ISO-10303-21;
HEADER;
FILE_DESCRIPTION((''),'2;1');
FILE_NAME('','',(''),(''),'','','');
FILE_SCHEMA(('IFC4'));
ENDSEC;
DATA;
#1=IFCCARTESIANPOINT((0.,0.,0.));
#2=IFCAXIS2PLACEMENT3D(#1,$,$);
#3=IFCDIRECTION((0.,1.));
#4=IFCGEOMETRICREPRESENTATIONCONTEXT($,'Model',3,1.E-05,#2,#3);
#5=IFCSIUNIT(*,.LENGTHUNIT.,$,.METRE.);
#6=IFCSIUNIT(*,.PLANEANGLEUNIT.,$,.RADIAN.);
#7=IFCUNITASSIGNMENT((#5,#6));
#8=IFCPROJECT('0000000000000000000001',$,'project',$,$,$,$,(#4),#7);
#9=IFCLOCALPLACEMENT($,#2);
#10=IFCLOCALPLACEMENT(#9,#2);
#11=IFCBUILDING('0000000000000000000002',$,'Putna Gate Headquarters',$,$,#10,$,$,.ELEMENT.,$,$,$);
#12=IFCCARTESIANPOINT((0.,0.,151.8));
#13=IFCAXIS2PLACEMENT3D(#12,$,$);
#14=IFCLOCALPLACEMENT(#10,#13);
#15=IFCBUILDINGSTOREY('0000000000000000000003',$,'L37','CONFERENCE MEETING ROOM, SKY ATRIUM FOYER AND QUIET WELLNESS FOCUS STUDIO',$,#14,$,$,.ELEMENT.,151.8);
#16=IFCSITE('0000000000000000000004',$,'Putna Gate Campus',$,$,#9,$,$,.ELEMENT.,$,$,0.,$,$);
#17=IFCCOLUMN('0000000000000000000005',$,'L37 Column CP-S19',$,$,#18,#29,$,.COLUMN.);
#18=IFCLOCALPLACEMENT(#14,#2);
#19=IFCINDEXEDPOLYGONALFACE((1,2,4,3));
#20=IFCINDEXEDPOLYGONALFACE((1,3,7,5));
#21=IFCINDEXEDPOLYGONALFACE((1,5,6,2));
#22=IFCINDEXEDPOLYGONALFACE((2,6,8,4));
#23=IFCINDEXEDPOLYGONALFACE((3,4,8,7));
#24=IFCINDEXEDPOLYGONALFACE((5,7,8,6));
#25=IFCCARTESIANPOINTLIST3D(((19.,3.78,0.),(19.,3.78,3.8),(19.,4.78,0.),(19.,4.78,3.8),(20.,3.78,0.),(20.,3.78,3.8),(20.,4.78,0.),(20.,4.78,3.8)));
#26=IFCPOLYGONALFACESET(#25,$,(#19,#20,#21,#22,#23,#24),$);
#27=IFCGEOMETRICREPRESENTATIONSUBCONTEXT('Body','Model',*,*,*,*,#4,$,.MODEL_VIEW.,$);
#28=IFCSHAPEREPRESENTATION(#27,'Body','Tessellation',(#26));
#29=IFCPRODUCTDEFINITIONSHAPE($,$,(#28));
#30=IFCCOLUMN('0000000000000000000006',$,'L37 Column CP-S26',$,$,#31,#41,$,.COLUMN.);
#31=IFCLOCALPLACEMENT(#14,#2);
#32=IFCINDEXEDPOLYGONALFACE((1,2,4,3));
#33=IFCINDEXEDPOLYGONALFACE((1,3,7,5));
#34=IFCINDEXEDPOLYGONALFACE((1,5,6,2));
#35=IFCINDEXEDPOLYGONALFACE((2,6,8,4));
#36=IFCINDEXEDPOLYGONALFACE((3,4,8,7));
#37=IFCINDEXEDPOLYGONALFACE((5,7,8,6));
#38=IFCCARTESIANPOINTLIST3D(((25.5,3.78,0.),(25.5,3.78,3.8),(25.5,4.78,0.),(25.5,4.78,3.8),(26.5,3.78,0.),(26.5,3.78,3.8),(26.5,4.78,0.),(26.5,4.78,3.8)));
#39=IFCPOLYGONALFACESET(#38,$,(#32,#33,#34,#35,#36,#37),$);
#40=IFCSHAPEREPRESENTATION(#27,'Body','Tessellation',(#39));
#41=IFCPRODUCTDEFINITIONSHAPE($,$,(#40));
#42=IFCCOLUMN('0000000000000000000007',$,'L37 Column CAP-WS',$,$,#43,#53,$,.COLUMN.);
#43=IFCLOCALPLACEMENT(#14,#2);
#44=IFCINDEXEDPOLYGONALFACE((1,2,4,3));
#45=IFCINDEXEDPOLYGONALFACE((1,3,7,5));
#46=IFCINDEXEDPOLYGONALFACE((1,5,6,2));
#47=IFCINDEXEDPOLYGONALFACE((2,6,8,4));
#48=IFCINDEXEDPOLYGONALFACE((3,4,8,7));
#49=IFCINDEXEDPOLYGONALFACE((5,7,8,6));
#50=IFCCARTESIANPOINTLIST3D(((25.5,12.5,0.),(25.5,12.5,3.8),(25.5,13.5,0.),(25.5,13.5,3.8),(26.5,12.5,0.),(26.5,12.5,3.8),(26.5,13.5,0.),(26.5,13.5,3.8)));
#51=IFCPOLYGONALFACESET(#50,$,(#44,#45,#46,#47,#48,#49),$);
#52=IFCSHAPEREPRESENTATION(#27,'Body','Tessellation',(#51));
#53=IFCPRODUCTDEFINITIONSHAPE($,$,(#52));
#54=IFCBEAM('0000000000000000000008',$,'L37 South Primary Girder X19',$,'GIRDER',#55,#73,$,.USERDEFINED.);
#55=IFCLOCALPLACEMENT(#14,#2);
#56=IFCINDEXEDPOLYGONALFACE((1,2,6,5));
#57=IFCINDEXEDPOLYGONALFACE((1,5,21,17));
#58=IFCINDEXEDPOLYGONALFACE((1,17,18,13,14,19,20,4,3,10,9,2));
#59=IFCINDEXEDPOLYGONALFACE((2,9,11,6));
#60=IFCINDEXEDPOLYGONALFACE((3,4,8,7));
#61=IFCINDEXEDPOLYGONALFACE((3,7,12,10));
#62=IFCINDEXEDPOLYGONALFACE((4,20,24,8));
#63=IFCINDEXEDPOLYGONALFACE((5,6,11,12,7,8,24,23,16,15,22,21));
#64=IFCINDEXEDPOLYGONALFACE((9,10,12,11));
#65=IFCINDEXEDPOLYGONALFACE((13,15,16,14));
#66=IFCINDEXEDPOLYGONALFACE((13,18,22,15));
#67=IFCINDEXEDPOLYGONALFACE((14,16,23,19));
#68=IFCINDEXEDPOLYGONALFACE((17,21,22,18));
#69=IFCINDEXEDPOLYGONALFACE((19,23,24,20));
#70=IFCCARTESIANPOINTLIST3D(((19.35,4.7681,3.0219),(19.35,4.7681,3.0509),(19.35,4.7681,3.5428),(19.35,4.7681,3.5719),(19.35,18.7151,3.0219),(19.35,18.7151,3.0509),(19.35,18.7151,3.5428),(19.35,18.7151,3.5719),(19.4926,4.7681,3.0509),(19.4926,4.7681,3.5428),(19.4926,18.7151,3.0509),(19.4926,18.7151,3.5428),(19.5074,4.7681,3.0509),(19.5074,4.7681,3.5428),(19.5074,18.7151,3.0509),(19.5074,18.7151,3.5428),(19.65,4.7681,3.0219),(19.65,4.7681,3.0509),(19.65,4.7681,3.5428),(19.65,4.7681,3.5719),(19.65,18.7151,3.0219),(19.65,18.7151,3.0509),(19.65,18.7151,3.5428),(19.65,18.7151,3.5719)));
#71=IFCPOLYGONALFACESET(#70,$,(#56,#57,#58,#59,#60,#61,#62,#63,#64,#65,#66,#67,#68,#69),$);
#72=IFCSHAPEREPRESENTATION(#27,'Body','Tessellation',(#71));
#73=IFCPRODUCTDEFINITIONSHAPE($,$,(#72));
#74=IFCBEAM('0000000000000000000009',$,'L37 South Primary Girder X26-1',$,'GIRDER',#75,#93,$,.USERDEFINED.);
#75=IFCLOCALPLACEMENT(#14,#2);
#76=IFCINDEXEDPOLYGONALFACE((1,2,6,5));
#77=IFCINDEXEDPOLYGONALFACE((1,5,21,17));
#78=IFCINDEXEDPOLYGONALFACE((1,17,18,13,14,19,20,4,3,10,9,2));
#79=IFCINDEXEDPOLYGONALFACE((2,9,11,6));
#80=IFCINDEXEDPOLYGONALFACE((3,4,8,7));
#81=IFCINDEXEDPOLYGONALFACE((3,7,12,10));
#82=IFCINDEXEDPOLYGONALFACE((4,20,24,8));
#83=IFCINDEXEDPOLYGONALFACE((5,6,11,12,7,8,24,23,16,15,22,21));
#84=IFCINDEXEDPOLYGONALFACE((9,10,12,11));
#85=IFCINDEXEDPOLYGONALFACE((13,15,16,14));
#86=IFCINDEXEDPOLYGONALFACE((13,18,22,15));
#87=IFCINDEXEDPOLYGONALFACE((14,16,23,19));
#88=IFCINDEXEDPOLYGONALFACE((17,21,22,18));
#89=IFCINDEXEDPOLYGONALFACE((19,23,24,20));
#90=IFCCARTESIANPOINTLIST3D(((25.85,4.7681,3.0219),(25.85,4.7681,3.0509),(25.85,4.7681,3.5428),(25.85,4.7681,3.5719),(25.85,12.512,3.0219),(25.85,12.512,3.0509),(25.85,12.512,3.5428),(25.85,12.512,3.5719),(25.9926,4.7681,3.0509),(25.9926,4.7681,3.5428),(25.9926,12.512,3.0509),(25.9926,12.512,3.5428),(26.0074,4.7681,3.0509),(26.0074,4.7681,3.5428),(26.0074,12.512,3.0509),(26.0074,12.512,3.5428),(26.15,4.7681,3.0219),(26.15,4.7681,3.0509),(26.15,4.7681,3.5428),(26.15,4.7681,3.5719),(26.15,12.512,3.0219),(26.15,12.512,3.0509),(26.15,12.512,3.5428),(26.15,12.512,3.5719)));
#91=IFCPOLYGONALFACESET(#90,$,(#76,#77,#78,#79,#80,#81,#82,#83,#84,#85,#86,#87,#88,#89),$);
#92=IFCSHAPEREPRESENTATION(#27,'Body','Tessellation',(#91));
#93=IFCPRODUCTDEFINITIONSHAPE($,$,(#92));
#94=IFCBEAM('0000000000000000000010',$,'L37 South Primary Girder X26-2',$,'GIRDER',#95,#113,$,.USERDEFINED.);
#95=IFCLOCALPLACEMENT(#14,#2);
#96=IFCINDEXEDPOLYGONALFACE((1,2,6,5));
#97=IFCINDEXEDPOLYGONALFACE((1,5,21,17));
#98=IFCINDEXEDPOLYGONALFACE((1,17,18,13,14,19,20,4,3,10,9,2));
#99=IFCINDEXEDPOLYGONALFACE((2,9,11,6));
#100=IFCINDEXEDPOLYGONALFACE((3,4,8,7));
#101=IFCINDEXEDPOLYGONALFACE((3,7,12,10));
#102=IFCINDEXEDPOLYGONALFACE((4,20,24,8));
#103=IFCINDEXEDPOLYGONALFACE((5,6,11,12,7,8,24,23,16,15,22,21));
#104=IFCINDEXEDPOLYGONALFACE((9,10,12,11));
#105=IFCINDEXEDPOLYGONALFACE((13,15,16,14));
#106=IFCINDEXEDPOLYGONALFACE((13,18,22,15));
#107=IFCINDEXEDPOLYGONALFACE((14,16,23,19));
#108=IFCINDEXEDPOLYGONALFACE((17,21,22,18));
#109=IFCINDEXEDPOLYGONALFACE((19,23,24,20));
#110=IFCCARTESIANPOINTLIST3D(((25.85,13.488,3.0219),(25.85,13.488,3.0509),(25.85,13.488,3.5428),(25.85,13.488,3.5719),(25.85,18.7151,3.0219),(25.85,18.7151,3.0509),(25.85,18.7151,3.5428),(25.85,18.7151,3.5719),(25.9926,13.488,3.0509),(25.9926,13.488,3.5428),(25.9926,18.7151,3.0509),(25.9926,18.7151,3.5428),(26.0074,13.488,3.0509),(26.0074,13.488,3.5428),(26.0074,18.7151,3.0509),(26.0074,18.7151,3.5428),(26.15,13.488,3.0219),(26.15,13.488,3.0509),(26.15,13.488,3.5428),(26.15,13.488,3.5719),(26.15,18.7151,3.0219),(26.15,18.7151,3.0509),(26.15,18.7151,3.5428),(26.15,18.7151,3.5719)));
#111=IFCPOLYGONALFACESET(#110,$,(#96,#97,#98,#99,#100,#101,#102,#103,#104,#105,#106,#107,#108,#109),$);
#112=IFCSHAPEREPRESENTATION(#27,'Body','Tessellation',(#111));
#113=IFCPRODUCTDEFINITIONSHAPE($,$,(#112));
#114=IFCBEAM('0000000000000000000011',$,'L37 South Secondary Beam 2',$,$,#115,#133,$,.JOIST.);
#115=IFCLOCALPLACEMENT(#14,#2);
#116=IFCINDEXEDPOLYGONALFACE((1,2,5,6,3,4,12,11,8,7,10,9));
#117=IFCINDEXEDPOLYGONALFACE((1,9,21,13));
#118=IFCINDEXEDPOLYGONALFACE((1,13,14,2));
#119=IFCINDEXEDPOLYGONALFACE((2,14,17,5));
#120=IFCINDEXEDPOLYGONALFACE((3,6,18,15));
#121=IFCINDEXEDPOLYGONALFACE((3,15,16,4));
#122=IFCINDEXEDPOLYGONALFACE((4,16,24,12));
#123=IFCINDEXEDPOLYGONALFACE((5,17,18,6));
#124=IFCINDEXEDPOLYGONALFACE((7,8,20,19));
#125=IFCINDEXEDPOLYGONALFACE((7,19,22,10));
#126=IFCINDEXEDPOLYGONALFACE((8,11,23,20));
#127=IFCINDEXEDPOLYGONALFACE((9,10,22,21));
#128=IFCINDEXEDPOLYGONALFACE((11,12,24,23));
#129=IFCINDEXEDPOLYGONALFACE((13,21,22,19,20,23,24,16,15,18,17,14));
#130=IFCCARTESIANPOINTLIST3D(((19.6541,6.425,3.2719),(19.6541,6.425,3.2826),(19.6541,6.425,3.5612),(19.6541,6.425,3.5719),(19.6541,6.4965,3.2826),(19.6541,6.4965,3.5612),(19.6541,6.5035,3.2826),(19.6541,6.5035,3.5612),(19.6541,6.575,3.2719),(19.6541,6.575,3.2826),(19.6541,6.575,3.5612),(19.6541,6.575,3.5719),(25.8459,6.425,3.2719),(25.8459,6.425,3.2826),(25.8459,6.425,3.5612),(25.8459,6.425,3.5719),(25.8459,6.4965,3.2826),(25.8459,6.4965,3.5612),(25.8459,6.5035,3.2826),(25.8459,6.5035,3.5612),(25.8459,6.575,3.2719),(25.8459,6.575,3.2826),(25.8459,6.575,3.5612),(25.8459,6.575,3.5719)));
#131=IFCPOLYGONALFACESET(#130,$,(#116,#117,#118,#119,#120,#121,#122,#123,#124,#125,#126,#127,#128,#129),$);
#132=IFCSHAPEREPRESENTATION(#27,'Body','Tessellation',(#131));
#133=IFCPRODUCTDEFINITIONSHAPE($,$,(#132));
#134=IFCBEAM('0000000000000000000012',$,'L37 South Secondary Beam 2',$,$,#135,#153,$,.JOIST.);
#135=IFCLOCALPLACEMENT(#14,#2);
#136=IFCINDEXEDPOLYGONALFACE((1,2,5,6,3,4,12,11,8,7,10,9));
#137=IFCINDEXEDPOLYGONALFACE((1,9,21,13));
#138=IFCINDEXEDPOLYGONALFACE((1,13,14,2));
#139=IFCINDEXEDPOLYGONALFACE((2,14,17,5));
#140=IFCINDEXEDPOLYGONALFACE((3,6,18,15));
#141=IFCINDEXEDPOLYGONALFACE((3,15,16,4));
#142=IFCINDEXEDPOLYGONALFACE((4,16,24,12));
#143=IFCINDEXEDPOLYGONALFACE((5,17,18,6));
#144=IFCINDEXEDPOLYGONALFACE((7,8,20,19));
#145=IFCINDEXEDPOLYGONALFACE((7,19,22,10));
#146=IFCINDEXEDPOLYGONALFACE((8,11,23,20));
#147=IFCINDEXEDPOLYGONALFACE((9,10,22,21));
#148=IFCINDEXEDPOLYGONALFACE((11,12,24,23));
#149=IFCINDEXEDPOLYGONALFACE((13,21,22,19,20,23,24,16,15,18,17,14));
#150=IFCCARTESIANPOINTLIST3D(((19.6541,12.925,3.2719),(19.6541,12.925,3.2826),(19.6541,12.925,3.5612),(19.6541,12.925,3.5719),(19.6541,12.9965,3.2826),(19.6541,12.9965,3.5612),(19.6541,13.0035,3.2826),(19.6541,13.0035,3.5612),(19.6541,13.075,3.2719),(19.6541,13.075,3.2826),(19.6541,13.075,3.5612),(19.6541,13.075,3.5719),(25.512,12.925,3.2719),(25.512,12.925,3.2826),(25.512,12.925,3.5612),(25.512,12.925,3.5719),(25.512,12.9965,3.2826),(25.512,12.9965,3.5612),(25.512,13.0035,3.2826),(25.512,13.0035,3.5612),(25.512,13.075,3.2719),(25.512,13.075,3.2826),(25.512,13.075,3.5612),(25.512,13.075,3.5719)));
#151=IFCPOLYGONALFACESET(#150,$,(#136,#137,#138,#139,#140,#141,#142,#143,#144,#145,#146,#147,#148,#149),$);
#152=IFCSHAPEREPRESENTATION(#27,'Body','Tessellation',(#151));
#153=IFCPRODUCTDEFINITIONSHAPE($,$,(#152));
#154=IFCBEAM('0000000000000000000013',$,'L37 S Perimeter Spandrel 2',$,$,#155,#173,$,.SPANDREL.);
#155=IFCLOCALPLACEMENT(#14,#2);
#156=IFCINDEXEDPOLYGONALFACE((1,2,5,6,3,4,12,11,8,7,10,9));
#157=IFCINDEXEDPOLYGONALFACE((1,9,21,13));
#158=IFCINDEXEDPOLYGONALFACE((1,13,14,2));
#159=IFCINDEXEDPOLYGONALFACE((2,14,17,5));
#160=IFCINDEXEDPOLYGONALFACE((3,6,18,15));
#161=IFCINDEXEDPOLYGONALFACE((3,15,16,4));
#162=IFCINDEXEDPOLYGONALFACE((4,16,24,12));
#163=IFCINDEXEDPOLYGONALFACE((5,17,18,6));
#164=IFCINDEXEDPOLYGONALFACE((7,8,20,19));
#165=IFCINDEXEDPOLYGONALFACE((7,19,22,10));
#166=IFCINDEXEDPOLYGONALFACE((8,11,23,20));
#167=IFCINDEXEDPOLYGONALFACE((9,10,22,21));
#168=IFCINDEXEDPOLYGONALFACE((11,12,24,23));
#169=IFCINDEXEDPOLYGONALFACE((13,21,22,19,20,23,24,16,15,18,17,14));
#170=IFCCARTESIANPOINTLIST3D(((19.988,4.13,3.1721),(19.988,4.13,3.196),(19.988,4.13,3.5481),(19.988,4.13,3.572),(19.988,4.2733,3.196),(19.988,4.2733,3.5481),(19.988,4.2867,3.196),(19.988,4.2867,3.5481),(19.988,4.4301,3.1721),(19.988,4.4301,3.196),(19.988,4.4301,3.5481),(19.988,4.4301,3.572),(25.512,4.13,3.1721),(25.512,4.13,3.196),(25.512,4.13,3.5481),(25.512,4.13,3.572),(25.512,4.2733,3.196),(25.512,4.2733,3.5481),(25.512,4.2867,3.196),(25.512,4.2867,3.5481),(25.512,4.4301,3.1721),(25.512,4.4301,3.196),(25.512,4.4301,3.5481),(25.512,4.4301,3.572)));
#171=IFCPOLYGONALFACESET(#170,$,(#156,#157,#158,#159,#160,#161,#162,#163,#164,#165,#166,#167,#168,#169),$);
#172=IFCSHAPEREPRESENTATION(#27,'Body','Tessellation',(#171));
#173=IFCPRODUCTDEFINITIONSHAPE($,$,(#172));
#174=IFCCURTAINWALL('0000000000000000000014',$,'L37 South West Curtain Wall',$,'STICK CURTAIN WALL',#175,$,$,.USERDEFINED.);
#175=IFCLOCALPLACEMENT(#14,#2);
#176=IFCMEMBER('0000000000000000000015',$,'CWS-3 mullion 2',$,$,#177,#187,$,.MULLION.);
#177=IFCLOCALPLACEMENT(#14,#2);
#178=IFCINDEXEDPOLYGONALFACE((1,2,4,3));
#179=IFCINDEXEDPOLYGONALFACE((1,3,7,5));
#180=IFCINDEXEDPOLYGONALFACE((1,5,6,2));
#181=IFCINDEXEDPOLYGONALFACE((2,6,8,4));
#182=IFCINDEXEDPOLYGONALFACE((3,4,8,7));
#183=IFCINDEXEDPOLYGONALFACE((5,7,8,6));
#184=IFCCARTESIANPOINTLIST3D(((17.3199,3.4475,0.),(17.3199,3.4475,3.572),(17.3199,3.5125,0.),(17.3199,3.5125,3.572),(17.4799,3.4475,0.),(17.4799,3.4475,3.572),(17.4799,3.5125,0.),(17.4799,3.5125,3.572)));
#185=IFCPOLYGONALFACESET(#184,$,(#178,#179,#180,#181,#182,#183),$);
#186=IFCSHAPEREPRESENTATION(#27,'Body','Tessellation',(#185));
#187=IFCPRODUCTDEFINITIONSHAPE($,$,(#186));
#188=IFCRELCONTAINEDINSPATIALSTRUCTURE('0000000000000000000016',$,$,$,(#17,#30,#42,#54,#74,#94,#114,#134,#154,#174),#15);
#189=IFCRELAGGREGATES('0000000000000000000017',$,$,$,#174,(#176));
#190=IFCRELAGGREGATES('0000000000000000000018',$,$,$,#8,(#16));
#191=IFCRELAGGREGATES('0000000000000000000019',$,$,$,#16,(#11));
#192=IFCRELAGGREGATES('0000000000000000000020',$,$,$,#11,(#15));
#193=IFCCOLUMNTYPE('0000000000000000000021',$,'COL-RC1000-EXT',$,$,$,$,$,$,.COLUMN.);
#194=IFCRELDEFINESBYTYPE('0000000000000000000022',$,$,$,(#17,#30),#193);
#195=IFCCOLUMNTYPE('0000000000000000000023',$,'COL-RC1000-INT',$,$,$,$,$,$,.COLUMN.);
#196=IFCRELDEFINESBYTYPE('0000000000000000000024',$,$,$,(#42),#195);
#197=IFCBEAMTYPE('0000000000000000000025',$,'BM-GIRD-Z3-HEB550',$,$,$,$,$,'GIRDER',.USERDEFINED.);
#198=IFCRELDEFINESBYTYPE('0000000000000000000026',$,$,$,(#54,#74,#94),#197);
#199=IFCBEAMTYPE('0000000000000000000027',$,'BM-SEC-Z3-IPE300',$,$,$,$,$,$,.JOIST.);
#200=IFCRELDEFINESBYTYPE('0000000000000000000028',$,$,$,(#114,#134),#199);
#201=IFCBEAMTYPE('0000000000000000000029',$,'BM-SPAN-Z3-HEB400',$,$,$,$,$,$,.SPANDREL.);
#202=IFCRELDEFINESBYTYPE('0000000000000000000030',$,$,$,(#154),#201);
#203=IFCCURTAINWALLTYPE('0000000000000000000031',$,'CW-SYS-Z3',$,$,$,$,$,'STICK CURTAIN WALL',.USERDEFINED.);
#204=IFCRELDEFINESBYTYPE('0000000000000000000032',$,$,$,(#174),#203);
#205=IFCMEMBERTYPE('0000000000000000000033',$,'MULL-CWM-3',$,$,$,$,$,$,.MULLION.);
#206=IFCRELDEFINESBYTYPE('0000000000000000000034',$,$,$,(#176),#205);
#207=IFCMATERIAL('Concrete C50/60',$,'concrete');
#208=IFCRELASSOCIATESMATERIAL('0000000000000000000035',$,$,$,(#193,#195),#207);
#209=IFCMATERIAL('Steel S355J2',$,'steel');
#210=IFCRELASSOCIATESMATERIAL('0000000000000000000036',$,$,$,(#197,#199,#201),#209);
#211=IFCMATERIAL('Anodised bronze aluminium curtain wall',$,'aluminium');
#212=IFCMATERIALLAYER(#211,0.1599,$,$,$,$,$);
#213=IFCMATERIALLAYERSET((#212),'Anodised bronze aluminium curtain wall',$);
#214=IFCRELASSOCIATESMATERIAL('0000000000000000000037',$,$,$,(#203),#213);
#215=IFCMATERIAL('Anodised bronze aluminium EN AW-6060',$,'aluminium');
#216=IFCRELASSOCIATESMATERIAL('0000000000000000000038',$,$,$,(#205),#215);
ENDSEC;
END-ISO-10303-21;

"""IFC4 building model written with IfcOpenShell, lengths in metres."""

from ifc_helpers import new_model, si_unit, direction, frame, origin, origin_2d, place, context, subcontext, project, spatial, rectangle, i_section, extrude, material, layer, layer_set, material_profile, profile_set, type_object, element, aggregate, save


model = new_model("IFC4")

# Units and contexts
model_context = context("Model", 3, precision=1e-05, world=origin(), true_north=direction((0.0, 1.0)))
body_context = subcontext(model_context, "Body", "Model", "MODEL_VIEW")
ifc_project = project(units=[si_unit("LENGTHUNIT", "METRE"), si_unit("PLANEANGLEUNIT", "RADIAN")], contexts=[model_context])

# Site, building, storey
site_placement = place(None, origin())
site = spatial("IfcSite", under=ifc_project, at=site_placement, Name="Putna Gate Campus", CompositionType="ELEMENT", RefElevation=0.0)
building_placement = place(site_placement, origin())
building = spatial("IfcBuilding", under=site, at=building_placement, Name="Putna Gate Headquarters", CompositionType="ELEMENT")
storey_placement = place(building_placement, frame((0.0, 0.0, 151.8)))
storey = spatial("IfcBuildingStorey", under=building, at=storey_placement, Name="L37", Description="CONFERENCE MEETING ROOM, SKY ATRIUM FOYER AND QUIET WELLNESS FOCUS STUDIO", CompositionType="ELEMENT", Elevation=151.8)

# Columns
ifc_material_1 = material(Name="Concrete C50/60", Category="concrete")
ifc_material_profile_1 = material_profile(ifc_material_1, rectangle(XDim=1.0, YDim=1.0, at=origin_2d()), Name="Concrete C50/60")
ifc_profile_set_1 = profile_set([ifc_material_profile_1], Name="Concrete C50/60")
column_type_1 = type_object("IfcColumnType", Name="COL-RC1000-EXT", PredefinedType="COLUMN", material=ifc_profile_set_1)
for number, where, z_axis, x_axis, name in (
    (1, (19.5, 4.28, 0.0), (0.0, 0.0, 1.0), (1.0, 0.0, 0.0), "L37 Column CP-S19"),
    (2, (26.0, 4.28, 0.0), (0.0, 0.0, 1.0), (1.0, 0.0, 0.0), "L37 Column CP-S26"),
):
    element("IfcColumn", number, at=place(storey_placement, frame(where, z_axis=z_axis, x_axis=x_axis)), inside=storey, type_object=column_type_1, Name=name, PredefinedType="COLUMN", context=body_context, shape_type="SweptSolid", body=[
        extrude(rectangle(XDim=1.0, YDim=1.0, at=origin_2d()), origin(), (0.0, 0.0, 1.0), 3.8),
    ])
ifc_material_profile_2 = material_profile(ifc_material_1, rectangle(XDim=1.0, YDim=1.0, at=origin_2d()), Name="Concrete C50/60")
ifc_profile_set_2 = profile_set([ifc_material_profile_2], Name="Concrete C50/60")
column_type_2 = type_object("IfcColumnType", Name="COL-RC1000-INT", PredefinedType="COLUMN", material=ifc_profile_set_2)
column_placement = place(storey_placement, frame((26.0, 13.0, 0.0), z_axis=(0.0, 0.0, 1.0), x_axis=(1.0, 0.0, 0.0)))
element("IfcColumn", 3, at=column_placement, inside=storey, type_object=column_type_2, Name="L37 Column CAP-WS", PredefinedType="COLUMN", context=body_context, shape_type="SweptSolid", body=[
    extrude(rectangle(XDim=1.0, YDim=1.0, at=origin_2d()), origin(), (0.0, 0.0, 1.0), 3.8),
])

# Beams
ifc_material_2 = material(Name="Steel S355J2", Category="steel")
ifc_material_profile_3 = material_profile(ifc_material_2, i_section(OverallWidth=0.3, OverallDepth=0.55, WebThickness=0.0149, FlangeThickness=0.0291, at=origin_2d()), Name="Steel S355J2")
ifc_profile_set_3 = profile_set([ifc_material_profile_3], Name="Steel S355J2")
beam_type_1 = type_object("IfcBeamType", Name="BM-GIRD-Z3-HEB550", ElementType="GIRDER", PredefinedType="USERDEFINED", material=ifc_profile_set_3)
beam_1_placement = place(storey_placement, frame((19.5, 4.7681, 3.2969), z_axis=(0.0, 1.0, 0.0), x_axis=(-1.0, 0.0, 0.0)))
element("IfcBeam", 4, at=beam_1_placement, inside=storey, type_object=beam_type_1, Name="L37 South Primary Girder X19", ObjectType="GIRDER", PredefinedType="USERDEFINED", context=body_context, shape_type="SweptSolid", body=[
    extrude(i_section(OverallWidth=0.3, OverallDepth=0.55, WebThickness=0.0149, FlangeThickness=0.0291, at=origin_2d()), origin(), (0.0, 0.0, 1.0), 13.947),
])
beam_2_placement = place(storey_placement, frame((26.0, 4.7681, 3.2969), z_axis=(0.0, 1.0, 0.0), x_axis=(-1.0, 0.0, 0.0)))
element("IfcBeam", 5, at=beam_2_placement, inside=storey, type_object=beam_type_1, Name="L37 South Primary Girder X26-1", ObjectType="GIRDER", PredefinedType="USERDEFINED", context=body_context, shape_type="SweptSolid", body=[
    extrude(i_section(OverallWidth=0.3, OverallDepth=0.55, WebThickness=0.0149, FlangeThickness=0.0291, at=origin_2d()), origin(), (0.0, 0.0, 1.0), 7.7439),
])
beam_3_placement = place(storey_placement, frame((26.0, 13.488, 3.2969), z_axis=(0.0, 1.0, 0.0), x_axis=(-1.0, 0.0, 0.0)))
element("IfcBeam", 6, at=beam_3_placement, inside=storey, type_object=beam_type_1, Name="L37 South Primary Girder X26-2", ObjectType="GIRDER", PredefinedType="USERDEFINED", context=body_context, shape_type="SweptSolid", body=[
    extrude(i_section(OverallWidth=0.3, OverallDepth=0.55, WebThickness=0.0149, FlangeThickness=0.0291, at=origin_2d()), origin(), (0.0, 0.0, 1.0), 5.2271),
])
ifc_material_profile_4 = material_profile(ifc_material_2, i_section(OverallWidth=0.1499, OverallDepth=0.3, WebThickness=0.0071, FlangeThickness=0.0107, at=origin_2d()), Name="Steel S355J2")
ifc_profile_set_4 = profile_set([ifc_material_profile_4], Name="Steel S355J2")
beam_type_2 = type_object("IfcBeamType", Name="BM-SEC-Z3-IPE300", PredefinedType="JOIST", material=ifc_profile_set_4)
beam_4_placement = place(storey_placement, frame((19.6541, 6.5, 3.4219), z_axis=(1.0, 0.0, 0.0), x_axis=(0.0, 1.0, 0.0)))
element("IfcBeam", 7, at=beam_4_placement, inside=storey, type_object=beam_type_2, Name="L37 South Secondary Beam 2", PredefinedType="JOIST", context=body_context, shape_type="SweptSolid", body=[
    extrude(i_section(OverallWidth=0.1499, OverallDepth=0.3, WebThickness=0.0071, FlangeThickness=0.0107, at=origin_2d()), origin(), (0.0, 0.0, 1.0), 6.1919),
])
beam_5_placement = place(storey_placement, frame((19.6541, 13.0, 3.4219), z_axis=(1.0, 0.0, 0.0), x_axis=(0.0, 1.0, 0.0)))
element("IfcBeam", 8, at=beam_5_placement, inside=storey, type_object=beam_type_2, Name="L37 South Secondary Beam 2", PredefinedType="JOIST", context=body_context, shape_type="SweptSolid", body=[
    extrude(i_section(OverallWidth=0.1499, OverallDepth=0.3, WebThickness=0.0071, FlangeThickness=0.0107, at=origin_2d()), origin(), (0.0, 0.0, 1.0), 5.8579),
])
ifc_material_profile_5 = material_profile(ifc_material_2, i_section(OverallWidth=0.3, OverallDepth=0.3999, WebThickness=0.0134, FlangeThickness=0.0239, at=origin_2d()), Name="Steel S355J2")
ifc_profile_set_5 = profile_set([ifc_material_profile_5], Name="Steel S355J2")
beam_type_3 = type_object("IfcBeamType", Name="BM-SPAN-Z3-HEB400", PredefinedType="SPANDREL", material=ifc_profile_set_5)
beam_6_placement = place(storey_placement, frame((19.988, 4.28, 3.3721), z_axis=(1.0, 0.0, 0.0), x_axis=(0.0, 1.0, 0.0)))
element("IfcBeam", 9, at=beam_6_placement, inside=storey, type_object=beam_type_3, Name="L37 S Perimeter Spandrel 2", PredefinedType="SPANDREL", context=body_context, shape_type="SweptSolid", body=[
    extrude(i_section(OverallWidth=0.3, OverallDepth=0.3999, WebThickness=0.0134, FlangeThickness=0.0239, at=origin_2d()), origin(), (0.0, 0.0, 1.0), 5.5239),
])

# Curtain wall, member
ifc_material_3 = material(Name="Anodised bronze aluminium curtain wall", Category="aluminium")
ifc_layer_1 = layer(ifc_material_3, 0.1599)
ifc_layer_set_1 = layer_set([ifc_layer_1], Name="Anodised bronze aluminium curtain wall")
curtain_wall_type = type_object("IfcCurtainWallType", Name="CW-SYS-Z3", ElementType="STICK CURTAIN WALL", PredefinedType="USERDEFINED", material=ifc_layer_set_1)
curtain_wall_placement = place(storey_placement, origin())
curtain_wall = element("IfcCurtainWall", 10, at=curtain_wall_placement, inside=storey, type_object=curtain_wall_type, Name="L37 South West Curtain Wall", ObjectType="STICK CURTAIN WALL", PredefinedType="USERDEFINED")
ifc_material_4 = material(Name="Anodised bronze aluminium EN AW-6060", Category="aluminium")
ifc_material_profile_6 = material_profile(ifc_material_4, rectangle(XDim=0.0649, YDim=0.1599, at=origin_2d()), Name="Anodised bronze aluminium EN AW-6060")
ifc_profile_set_6 = profile_set([ifc_material_profile_6], Name="Anodised bronze aluminium EN AW-6060")
member_type_1 = type_object("IfcMemberType", Name="MULL-CWM-3", PredefinedType="MULLION", material=ifc_profile_set_6)
member_1_placement = place(storey_placement, frame((17.3999, 3.48, 0.0), z_axis=(0.0, 0.0, 1.0), x_axis=(0.0, 1.0, 0.0)))
member_1 = element("IfcMember", 11, at=member_1_placement, type_object=member_type_1, Name="CWS-3 mullion 2", PredefinedType="MULLION", context=body_context, shape_type="SweptSolid", body=[
    extrude(rectangle(XDim=0.0649, YDim=0.1599, at=origin_2d()), origin(), (0.0, 0.0, 1.0), 3.572),
])
aggregate(curtain_wall, [member_1])

save(model, "model.ifc")
